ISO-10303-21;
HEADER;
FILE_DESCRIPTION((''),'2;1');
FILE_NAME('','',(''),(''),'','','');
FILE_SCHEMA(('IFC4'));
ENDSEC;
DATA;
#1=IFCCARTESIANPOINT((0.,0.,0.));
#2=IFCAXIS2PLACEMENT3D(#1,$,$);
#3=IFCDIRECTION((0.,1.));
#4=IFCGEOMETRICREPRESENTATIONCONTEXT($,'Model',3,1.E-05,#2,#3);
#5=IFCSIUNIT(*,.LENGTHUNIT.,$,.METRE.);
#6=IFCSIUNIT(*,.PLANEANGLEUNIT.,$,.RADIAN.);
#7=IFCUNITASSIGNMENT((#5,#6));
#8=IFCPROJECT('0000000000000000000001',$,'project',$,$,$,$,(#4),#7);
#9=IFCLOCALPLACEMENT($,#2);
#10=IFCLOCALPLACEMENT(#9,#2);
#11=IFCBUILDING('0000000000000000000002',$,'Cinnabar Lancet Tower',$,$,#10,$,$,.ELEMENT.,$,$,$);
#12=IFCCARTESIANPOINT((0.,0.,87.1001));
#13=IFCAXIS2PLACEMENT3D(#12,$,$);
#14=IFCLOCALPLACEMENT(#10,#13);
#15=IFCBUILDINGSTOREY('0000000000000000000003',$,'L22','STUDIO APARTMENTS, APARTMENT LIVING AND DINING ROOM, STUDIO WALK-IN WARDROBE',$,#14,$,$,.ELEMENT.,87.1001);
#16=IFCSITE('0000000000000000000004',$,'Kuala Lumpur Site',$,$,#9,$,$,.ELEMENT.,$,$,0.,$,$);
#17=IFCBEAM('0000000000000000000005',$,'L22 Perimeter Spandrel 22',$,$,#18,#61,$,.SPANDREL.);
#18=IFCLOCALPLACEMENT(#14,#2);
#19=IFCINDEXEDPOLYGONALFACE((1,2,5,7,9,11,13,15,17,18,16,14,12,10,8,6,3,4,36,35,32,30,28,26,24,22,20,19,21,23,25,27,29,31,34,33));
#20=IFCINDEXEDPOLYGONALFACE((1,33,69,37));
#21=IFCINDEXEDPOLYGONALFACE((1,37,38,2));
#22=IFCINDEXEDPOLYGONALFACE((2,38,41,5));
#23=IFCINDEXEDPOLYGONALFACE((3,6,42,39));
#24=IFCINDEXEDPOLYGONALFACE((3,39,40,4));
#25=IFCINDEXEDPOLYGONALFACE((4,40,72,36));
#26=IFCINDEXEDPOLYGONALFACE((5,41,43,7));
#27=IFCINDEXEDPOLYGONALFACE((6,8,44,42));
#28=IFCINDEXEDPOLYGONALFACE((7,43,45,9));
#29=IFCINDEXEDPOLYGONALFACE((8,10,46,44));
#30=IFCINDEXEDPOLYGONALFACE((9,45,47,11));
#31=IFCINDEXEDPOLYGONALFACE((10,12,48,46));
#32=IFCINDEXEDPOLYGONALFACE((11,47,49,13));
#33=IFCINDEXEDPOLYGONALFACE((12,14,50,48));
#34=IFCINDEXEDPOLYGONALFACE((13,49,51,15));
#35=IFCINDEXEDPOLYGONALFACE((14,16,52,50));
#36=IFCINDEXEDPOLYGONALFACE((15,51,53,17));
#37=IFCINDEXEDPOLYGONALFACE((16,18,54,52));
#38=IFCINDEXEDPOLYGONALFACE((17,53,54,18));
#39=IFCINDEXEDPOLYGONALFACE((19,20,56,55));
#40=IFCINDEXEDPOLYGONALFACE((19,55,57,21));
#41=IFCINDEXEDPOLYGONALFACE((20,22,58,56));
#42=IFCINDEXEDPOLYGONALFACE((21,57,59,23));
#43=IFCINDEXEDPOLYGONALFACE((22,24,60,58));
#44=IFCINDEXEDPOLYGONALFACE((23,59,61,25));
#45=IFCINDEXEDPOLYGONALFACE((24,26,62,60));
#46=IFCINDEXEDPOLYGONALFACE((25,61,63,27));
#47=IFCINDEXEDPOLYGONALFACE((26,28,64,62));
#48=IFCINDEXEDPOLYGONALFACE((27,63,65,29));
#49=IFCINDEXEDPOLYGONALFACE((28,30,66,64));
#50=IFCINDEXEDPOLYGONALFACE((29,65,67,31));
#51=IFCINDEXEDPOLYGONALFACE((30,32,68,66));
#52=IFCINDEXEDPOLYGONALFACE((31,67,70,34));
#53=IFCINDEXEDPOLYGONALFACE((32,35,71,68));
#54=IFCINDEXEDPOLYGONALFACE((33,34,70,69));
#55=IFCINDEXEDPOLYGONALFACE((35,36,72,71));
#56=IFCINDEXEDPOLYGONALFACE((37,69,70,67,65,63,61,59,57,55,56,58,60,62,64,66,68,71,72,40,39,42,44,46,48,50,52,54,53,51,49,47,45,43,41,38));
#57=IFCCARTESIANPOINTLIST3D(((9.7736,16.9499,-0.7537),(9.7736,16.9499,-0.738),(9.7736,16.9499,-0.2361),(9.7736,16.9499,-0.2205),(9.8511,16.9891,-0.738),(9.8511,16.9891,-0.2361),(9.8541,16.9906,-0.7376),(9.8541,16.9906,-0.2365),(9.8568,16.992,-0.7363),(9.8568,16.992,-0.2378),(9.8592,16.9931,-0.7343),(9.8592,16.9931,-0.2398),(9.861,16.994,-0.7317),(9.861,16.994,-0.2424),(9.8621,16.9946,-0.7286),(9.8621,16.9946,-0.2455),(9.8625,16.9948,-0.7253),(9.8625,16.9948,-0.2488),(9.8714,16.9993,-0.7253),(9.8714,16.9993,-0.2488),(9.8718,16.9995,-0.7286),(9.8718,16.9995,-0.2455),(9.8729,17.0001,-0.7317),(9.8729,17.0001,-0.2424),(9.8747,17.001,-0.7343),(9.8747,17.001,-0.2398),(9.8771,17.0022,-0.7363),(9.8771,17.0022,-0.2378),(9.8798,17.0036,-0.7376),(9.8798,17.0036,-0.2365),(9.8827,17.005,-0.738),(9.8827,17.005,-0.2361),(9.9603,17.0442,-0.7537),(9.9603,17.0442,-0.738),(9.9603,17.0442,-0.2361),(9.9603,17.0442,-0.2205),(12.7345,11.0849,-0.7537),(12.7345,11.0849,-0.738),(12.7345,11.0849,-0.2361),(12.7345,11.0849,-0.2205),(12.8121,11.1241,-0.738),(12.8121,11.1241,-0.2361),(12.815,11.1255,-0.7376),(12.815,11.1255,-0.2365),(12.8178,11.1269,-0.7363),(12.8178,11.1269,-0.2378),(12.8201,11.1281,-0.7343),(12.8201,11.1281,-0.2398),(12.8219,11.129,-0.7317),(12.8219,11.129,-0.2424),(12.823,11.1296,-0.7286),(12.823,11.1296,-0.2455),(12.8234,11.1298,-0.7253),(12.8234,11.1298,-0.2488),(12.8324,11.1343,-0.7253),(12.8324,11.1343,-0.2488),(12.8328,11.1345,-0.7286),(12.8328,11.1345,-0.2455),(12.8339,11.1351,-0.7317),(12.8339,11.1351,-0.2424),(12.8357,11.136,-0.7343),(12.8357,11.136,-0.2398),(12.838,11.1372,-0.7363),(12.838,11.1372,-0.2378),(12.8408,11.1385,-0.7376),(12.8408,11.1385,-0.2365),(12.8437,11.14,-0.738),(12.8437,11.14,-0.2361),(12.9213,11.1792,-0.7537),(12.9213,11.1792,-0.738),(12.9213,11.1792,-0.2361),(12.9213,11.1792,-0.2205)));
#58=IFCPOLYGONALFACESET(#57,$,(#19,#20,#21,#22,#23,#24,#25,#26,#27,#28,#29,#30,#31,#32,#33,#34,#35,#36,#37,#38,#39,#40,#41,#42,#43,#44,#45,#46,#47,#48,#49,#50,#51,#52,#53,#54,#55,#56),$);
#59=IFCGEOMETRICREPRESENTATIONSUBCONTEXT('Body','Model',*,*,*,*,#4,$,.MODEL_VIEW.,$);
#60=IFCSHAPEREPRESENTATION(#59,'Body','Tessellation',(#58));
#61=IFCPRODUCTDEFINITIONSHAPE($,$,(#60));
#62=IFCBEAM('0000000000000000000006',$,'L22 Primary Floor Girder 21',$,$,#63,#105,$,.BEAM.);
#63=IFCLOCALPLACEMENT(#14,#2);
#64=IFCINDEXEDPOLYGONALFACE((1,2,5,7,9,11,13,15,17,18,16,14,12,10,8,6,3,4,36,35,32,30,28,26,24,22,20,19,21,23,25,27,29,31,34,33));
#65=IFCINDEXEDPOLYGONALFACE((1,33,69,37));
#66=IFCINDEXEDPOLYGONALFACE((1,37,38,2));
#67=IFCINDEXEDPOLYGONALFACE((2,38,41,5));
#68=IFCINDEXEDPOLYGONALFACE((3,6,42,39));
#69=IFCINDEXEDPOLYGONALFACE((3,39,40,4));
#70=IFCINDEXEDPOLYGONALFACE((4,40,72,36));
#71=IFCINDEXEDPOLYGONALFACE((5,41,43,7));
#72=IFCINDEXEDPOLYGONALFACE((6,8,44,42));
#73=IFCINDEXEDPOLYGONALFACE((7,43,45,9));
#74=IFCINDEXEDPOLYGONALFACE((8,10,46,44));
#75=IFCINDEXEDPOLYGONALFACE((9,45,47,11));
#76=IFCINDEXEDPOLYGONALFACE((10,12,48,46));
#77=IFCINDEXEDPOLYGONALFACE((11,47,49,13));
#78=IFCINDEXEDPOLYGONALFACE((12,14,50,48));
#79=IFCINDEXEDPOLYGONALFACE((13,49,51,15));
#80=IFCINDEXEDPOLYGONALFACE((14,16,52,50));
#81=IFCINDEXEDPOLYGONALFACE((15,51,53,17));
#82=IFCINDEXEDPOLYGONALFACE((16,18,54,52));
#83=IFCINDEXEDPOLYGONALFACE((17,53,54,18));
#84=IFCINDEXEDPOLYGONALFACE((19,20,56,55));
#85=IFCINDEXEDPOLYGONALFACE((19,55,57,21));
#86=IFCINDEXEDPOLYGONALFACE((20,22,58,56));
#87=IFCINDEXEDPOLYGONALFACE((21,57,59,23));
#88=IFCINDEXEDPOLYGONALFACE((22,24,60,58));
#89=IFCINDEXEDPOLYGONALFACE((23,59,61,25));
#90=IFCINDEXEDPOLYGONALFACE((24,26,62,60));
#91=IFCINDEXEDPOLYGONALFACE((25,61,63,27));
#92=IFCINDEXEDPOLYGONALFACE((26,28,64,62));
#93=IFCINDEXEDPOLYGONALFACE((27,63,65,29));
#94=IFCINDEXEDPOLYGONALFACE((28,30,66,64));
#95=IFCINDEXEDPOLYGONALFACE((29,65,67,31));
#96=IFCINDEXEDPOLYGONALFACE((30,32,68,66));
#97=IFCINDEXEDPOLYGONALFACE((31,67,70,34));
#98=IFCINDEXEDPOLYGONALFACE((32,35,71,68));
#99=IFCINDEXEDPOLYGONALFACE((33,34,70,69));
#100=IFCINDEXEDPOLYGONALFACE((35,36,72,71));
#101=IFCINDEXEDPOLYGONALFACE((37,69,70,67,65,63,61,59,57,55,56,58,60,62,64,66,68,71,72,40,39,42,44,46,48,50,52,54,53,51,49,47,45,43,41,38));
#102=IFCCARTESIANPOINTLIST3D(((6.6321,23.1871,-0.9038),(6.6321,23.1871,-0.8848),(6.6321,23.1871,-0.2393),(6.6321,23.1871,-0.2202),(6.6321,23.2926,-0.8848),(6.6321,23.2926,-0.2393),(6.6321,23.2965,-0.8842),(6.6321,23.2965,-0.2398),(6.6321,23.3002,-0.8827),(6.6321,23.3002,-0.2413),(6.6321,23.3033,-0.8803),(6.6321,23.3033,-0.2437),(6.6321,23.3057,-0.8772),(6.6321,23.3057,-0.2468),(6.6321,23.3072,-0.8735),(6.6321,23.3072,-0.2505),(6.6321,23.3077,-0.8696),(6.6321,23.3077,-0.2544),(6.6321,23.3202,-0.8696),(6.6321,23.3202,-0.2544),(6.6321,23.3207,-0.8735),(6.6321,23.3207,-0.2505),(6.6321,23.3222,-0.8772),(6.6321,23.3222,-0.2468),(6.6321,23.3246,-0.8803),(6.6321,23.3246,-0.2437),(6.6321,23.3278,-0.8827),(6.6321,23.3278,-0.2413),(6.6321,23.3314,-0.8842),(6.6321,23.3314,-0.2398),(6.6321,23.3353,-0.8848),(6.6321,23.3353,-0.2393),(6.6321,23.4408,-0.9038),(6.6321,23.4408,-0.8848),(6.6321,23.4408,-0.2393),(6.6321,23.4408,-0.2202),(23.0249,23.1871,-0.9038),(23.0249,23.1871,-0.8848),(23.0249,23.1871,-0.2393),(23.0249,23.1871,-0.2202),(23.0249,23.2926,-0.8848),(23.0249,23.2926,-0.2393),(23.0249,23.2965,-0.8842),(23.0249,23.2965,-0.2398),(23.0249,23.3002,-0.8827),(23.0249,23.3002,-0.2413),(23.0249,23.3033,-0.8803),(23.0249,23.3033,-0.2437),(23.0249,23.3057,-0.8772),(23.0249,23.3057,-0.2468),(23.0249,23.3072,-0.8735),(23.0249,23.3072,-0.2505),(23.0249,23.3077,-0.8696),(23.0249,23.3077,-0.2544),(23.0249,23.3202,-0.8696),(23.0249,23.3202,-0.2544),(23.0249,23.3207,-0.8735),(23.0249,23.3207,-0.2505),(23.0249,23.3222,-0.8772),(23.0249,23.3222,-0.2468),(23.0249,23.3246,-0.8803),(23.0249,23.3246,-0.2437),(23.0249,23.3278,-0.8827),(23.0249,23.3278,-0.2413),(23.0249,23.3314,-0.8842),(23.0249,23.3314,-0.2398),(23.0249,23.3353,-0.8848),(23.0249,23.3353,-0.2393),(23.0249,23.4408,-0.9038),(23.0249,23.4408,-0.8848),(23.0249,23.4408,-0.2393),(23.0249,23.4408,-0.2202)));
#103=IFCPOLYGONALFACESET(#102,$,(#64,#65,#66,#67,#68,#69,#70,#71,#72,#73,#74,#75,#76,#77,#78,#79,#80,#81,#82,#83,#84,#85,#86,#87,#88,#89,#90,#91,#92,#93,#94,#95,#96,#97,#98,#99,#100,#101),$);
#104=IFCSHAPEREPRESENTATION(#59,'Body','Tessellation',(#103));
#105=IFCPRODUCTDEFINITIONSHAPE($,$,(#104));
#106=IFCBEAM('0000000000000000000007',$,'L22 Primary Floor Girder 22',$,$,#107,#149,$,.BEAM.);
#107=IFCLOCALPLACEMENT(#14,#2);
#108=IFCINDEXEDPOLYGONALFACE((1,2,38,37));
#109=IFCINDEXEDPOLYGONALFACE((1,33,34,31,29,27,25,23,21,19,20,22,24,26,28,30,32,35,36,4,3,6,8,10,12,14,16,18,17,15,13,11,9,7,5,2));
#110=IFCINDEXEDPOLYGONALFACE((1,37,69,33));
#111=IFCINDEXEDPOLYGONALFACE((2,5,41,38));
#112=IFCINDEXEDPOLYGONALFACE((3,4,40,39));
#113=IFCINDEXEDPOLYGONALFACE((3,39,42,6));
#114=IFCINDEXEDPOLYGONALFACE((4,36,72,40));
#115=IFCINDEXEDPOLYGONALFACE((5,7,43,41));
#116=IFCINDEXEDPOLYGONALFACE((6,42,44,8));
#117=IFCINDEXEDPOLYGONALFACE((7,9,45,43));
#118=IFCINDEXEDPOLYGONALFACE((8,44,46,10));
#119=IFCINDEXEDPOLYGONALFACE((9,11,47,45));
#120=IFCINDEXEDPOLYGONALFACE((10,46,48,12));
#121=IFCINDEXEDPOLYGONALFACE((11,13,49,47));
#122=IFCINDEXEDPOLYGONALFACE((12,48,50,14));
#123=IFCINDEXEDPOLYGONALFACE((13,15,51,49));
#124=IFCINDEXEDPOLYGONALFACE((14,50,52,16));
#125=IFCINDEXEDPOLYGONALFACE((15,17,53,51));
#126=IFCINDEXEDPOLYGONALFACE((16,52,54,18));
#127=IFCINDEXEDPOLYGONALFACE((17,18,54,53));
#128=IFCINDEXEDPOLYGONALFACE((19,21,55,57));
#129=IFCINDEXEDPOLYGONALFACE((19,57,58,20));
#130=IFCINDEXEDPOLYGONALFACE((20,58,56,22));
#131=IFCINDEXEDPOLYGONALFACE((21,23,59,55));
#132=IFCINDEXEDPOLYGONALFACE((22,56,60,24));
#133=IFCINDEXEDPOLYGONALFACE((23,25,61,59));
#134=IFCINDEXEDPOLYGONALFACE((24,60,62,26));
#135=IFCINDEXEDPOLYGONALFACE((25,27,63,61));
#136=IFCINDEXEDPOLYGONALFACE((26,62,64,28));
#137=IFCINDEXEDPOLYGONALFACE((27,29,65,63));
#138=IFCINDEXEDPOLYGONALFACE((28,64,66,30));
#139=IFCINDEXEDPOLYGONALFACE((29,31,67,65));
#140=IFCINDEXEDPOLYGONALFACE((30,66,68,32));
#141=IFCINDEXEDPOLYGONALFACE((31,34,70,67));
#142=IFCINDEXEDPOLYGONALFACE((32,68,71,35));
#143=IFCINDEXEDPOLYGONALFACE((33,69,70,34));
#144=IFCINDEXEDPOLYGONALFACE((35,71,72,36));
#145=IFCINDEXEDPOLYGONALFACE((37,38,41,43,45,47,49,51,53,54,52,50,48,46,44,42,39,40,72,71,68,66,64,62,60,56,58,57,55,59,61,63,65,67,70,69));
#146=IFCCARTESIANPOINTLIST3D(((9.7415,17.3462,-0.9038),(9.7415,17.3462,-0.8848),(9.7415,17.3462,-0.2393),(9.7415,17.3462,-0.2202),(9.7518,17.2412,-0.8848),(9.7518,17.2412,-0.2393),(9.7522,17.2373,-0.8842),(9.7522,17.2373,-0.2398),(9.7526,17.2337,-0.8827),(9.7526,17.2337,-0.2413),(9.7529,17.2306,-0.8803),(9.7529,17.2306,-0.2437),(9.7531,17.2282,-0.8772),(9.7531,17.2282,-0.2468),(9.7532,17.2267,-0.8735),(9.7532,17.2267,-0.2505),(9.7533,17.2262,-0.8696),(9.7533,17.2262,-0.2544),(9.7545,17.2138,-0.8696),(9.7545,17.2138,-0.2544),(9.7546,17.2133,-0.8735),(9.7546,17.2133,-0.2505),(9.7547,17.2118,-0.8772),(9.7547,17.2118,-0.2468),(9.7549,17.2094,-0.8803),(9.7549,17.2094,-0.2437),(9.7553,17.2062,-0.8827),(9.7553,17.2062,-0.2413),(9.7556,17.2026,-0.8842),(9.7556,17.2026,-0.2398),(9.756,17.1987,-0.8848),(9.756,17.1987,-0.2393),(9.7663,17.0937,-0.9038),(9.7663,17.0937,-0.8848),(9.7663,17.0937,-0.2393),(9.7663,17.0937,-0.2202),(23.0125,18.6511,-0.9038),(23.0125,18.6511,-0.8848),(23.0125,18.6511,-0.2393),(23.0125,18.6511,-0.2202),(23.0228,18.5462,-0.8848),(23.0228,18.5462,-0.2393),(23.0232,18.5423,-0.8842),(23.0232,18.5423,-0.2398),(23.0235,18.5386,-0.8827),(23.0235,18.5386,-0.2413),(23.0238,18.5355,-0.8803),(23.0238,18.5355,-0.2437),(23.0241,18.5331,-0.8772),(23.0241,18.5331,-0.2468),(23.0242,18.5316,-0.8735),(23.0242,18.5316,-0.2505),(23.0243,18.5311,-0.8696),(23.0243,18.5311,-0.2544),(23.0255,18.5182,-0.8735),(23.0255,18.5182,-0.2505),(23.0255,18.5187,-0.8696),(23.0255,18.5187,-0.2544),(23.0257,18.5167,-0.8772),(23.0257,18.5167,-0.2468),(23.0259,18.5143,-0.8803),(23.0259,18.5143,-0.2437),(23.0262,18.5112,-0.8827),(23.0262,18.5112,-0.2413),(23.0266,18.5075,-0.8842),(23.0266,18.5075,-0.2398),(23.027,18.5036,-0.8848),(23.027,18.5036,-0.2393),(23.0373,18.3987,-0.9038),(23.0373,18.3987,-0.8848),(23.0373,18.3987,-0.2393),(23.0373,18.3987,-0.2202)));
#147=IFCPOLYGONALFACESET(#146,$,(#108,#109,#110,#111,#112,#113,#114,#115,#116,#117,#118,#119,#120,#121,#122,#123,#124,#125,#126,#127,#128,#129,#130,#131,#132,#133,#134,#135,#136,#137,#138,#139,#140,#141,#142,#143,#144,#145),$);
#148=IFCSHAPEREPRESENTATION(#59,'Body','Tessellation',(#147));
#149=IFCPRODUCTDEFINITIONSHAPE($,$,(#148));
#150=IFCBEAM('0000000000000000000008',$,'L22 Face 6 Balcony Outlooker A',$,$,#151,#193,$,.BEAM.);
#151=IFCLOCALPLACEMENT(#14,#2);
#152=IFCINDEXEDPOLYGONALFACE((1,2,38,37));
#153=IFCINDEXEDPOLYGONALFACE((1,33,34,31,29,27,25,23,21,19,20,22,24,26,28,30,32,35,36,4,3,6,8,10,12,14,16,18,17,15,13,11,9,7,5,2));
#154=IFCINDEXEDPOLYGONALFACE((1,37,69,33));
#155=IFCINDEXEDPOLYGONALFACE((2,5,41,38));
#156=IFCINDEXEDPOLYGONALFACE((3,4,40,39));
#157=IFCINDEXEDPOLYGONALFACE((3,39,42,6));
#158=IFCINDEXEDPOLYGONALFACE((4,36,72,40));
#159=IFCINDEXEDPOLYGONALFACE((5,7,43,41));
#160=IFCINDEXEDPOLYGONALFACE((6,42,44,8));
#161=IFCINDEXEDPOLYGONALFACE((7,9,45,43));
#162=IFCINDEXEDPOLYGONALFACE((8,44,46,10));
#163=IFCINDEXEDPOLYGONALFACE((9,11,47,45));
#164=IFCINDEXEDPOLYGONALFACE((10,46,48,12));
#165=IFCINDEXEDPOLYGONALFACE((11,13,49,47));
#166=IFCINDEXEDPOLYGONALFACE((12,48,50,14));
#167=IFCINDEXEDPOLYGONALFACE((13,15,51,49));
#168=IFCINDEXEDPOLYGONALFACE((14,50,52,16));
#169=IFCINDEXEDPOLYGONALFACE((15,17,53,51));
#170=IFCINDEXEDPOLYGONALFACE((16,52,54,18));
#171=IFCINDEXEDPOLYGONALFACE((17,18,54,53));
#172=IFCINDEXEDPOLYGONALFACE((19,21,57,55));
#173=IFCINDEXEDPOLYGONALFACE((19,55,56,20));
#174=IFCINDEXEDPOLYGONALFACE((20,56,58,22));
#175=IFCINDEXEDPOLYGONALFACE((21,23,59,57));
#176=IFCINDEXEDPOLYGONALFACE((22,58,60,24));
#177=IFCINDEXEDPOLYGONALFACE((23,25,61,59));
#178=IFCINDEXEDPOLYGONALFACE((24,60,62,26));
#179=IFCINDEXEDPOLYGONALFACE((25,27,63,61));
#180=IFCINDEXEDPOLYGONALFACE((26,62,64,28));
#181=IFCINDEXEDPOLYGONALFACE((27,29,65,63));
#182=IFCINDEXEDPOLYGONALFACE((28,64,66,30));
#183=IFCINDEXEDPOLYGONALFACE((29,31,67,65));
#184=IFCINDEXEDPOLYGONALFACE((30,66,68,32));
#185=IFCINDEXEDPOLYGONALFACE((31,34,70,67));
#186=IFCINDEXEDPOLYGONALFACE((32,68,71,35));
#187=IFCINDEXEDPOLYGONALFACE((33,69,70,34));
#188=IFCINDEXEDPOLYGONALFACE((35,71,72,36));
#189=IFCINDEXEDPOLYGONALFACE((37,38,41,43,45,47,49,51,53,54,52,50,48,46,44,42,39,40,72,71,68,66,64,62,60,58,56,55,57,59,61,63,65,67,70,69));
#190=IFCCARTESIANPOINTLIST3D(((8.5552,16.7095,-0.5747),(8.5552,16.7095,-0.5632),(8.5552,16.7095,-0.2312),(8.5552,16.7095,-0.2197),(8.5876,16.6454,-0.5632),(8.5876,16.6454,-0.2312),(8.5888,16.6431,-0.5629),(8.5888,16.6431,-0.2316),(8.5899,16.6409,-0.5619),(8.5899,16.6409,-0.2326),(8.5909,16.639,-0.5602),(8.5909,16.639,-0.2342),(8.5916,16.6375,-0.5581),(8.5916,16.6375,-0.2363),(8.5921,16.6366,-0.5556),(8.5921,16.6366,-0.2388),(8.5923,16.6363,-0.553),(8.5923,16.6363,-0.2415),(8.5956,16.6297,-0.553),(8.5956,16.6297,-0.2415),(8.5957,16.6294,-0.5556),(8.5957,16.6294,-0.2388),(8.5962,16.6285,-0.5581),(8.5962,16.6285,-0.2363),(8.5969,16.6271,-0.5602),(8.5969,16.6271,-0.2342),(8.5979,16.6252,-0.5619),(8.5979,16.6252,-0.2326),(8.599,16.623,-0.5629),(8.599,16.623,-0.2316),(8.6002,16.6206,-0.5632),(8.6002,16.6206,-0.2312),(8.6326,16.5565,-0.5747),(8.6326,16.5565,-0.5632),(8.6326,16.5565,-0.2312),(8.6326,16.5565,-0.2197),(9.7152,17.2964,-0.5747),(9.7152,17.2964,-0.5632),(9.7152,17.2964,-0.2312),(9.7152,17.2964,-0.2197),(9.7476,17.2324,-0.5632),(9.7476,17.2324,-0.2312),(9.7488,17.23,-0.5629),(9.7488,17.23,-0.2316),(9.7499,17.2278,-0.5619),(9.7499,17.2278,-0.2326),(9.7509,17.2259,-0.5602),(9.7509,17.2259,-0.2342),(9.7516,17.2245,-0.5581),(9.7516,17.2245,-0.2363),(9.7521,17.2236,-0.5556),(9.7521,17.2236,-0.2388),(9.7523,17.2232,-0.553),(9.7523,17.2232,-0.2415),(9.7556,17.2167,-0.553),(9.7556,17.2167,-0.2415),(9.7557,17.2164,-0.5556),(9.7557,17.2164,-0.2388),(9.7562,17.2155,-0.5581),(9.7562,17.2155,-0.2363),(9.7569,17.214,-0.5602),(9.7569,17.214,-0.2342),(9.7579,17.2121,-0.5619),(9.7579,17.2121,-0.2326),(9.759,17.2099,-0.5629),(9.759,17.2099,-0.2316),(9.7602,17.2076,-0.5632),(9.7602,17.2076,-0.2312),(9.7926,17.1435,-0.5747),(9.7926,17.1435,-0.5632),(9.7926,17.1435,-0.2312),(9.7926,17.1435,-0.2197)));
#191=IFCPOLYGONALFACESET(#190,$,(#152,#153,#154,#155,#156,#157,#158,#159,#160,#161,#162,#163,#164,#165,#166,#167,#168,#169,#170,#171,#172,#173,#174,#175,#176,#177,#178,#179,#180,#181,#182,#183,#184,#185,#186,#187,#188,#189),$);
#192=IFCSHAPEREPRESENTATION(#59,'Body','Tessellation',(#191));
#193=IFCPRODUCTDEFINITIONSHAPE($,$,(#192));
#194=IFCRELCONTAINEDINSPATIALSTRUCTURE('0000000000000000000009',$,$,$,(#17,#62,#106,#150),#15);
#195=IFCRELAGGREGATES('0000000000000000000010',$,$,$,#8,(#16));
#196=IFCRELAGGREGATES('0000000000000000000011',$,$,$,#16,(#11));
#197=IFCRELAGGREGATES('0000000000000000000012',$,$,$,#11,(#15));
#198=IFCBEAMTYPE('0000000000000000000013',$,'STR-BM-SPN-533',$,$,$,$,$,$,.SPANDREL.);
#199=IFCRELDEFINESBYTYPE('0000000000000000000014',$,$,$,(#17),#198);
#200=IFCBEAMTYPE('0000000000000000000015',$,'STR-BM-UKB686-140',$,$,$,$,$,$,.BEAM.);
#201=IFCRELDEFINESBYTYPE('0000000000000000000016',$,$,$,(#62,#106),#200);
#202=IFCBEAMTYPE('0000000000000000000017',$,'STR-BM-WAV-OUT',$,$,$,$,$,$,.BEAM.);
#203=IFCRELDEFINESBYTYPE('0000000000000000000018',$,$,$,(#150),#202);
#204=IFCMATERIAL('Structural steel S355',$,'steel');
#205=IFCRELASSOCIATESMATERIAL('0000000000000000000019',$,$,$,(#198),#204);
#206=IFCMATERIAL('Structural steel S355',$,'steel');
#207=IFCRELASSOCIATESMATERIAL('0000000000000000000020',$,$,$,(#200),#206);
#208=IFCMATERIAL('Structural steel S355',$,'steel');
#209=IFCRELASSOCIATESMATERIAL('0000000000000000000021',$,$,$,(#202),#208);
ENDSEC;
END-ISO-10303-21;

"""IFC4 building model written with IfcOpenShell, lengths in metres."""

from ifc_helpers import new_model, si_unit, direction, frame, origin, origin_2d, place, context, subcontext, project, spatial, i_section, extrude, material, material_profile, profile_set, type_object, element, save


model = new_model("IFC4")

# Units and contexts
model_context = context("Model", 3, precision=1e-05, world=origin(), true_north=direction((0.0, 1.0)))
body_context = subcontext(model_context, "Body", "Model", "MODEL_VIEW")
ifc_project = project(units=[si_unit("LENGTHUNIT", "METRE"), si_unit("PLANEANGLEUNIT", "RADIAN")], contexts=[model_context])

# Site, building, storey
site_placement = place(None, origin())
site = spatial("IfcSite", under=ifc_project, at=site_placement, Name="Kuala Lumpur Site", CompositionType="ELEMENT", RefElevation=0.0)
building_placement = place(site_placement, origin())
building = spatial("IfcBuilding", under=site, at=building_placement, Name="Cinnabar Lancet Tower", CompositionType="ELEMENT")
storey_placement = place(building_placement, frame((0.0, 0.0, 87.1001)))
storey = spatial("IfcBuildingStorey", under=building, at=storey_placement, Name="L22", Description="STUDIO APARTMENTS, APARTMENT LIVING AND DINING ROOM, STUDIO WALK-IN WARDROBE", CompositionType="ELEMENT", Elevation=87.1001)

# Beams
ifc_material_1 = material(Name="Structural steel S355", Category="steel")
ifc_material_profile_1 = material_profile(ifc_material_1, i_section(OverallWidth=0.2092, OverallDepth=0.5332, WebThickness=0.01, FlangeThickness=0.0156, FilletRadius=0.0127, at=origin_2d()), Name="UKB 533x210x92")
ifc_profile_set_1 = profile_set([ifc_material_profile_1], Name="Structural steel S355")
beam_type_1 = type_object("IfcBeamType", Name="STR-BM-SPN-533", PredefinedType="SPANDREL", material=ifc_profile_set_1)
beam_1_placement = place(storey_placement, frame((9.8669, 16.9971, -0.4871), z_axis=(0.450674, -0.892689, 0.0), x_axis=(0.892689, 0.450674, 0.0)))
element("IfcBeam", 1, at=beam_1_placement, inside=storey, type_object=beam_type_1, Name="L22 Perimeter Spandrel 22", PredefinedType="SPANDREL", context=body_context, shape_type="SweptSolid", body=[
    extrude(i_section(OverallWidth=0.2092, OverallDepth=0.5332, WebThickness=0.01, FlangeThickness=0.0156, FilletRadius=0.0127, at=origin_2d()), origin(), (0.0, 0.0, 1.0), 6.5701),
])
ifc_material_2 = material(Name="Structural steel S355", Category="steel")
ifc_material_profile_2 = material_profile(ifc_material_2, i_section(OverallWidth=0.2537, OverallDepth=0.6836, WebThickness=0.0125, FlangeThickness=0.019, FilletRadius=0.0151, at=origin_2d()), Name="UKB 686x254x140")
ifc_profile_set_2 = profile_set([ifc_material_profile_2], Name="Structural steel S355")
beam_type_2 = type_object("IfcBeamType", Name="STR-BM-UKB686-140", PredefinedType="BEAM", material=ifc_profile_set_2)
beam_2_placement = place(storey_placement, frame((6.6321, 23.314, -0.562), z_axis=(1.0, 0.0, 0.0), x_axis=(0.0, 1.0, 0.0)))
element("IfcBeam", 2, at=beam_2_placement, inside=storey, type_object=beam_type_2, Name="L22 Primary Floor Girder 21", PredefinedType="BEAM", context=body_context, shape_type="SweptSolid", body=[
    extrude(i_section(OverallWidth=0.2537, OverallDepth=0.6836, WebThickness=0.0125, FlangeThickness=0.019, FilletRadius=0.0151, at=origin_2d()), origin(), (0.0, 0.0, 1.0), 16.3928),
])
beam_3_placement = place(storey_placement, frame((9.7539, 17.22, -0.562), z_axis=(0.9952, 0.097858, 0.0), x_axis=(-0.097858, 0.9952, 0.0)))
element("IfcBeam", 3, at=beam_3_placement, inside=storey, type_object=beam_type_2, Name="L22 Primary Floor Girder 22", PredefinedType="BEAM", context=body_context, shape_type="SweptSolid", body=[
    extrude(i_section(OverallWidth=0.2537, OverallDepth=0.6836, WebThickness=0.0125, FlangeThickness=0.019, FilletRadius=0.0151, at=origin_2d()), origin(), (0.0, 0.0, 1.0), 13.335),
])
ifc_material_3 = material(Name="Structural steel S355", Category="steel")
ifc_material_profile_3 = material_profile(ifc_material_3, i_section(OverallWidth=0.1714, OverallDepth=0.355, WebThickness=0.0073, FlangeThickness=0.0115, FilletRadius=0.0103, at=origin_2d()), Name="UKB 356x171x51")
ifc_profile_set_3 = profile_set([ifc_material_profile_3], Name="Structural steel S355")
beam_type_3 = type_object("IfcBeamType", Name="STR-BM-WAV-OUT", PredefinedType="BEAM", material=ifc_profile_set_3)
beam_4_placement = place(storey_placement, frame((9.7539, 17.22, -0.3972), z_axis=(-0.892276, -0.45149, 0.0), x_axis=(0.45149, -0.892276, 0.0)))
element("IfcBeam", 4, at=beam_4_placement, inside=storey, type_object=beam_type_3, Name="L22 Face 6 Balcony Outlooker A", PredefinedType="BEAM", context=body_context, shape_type="SweptSolid", body=[
    extrude(i_section(OverallWidth=0.1714, OverallDepth=0.355, WebThickness=0.0073, FlangeThickness=0.0115, FilletRadius=0.0103, at=origin_2d()), origin(), (0.0, 0.0, 1.0), 1.3),
])

save(model, "model.ifc")
